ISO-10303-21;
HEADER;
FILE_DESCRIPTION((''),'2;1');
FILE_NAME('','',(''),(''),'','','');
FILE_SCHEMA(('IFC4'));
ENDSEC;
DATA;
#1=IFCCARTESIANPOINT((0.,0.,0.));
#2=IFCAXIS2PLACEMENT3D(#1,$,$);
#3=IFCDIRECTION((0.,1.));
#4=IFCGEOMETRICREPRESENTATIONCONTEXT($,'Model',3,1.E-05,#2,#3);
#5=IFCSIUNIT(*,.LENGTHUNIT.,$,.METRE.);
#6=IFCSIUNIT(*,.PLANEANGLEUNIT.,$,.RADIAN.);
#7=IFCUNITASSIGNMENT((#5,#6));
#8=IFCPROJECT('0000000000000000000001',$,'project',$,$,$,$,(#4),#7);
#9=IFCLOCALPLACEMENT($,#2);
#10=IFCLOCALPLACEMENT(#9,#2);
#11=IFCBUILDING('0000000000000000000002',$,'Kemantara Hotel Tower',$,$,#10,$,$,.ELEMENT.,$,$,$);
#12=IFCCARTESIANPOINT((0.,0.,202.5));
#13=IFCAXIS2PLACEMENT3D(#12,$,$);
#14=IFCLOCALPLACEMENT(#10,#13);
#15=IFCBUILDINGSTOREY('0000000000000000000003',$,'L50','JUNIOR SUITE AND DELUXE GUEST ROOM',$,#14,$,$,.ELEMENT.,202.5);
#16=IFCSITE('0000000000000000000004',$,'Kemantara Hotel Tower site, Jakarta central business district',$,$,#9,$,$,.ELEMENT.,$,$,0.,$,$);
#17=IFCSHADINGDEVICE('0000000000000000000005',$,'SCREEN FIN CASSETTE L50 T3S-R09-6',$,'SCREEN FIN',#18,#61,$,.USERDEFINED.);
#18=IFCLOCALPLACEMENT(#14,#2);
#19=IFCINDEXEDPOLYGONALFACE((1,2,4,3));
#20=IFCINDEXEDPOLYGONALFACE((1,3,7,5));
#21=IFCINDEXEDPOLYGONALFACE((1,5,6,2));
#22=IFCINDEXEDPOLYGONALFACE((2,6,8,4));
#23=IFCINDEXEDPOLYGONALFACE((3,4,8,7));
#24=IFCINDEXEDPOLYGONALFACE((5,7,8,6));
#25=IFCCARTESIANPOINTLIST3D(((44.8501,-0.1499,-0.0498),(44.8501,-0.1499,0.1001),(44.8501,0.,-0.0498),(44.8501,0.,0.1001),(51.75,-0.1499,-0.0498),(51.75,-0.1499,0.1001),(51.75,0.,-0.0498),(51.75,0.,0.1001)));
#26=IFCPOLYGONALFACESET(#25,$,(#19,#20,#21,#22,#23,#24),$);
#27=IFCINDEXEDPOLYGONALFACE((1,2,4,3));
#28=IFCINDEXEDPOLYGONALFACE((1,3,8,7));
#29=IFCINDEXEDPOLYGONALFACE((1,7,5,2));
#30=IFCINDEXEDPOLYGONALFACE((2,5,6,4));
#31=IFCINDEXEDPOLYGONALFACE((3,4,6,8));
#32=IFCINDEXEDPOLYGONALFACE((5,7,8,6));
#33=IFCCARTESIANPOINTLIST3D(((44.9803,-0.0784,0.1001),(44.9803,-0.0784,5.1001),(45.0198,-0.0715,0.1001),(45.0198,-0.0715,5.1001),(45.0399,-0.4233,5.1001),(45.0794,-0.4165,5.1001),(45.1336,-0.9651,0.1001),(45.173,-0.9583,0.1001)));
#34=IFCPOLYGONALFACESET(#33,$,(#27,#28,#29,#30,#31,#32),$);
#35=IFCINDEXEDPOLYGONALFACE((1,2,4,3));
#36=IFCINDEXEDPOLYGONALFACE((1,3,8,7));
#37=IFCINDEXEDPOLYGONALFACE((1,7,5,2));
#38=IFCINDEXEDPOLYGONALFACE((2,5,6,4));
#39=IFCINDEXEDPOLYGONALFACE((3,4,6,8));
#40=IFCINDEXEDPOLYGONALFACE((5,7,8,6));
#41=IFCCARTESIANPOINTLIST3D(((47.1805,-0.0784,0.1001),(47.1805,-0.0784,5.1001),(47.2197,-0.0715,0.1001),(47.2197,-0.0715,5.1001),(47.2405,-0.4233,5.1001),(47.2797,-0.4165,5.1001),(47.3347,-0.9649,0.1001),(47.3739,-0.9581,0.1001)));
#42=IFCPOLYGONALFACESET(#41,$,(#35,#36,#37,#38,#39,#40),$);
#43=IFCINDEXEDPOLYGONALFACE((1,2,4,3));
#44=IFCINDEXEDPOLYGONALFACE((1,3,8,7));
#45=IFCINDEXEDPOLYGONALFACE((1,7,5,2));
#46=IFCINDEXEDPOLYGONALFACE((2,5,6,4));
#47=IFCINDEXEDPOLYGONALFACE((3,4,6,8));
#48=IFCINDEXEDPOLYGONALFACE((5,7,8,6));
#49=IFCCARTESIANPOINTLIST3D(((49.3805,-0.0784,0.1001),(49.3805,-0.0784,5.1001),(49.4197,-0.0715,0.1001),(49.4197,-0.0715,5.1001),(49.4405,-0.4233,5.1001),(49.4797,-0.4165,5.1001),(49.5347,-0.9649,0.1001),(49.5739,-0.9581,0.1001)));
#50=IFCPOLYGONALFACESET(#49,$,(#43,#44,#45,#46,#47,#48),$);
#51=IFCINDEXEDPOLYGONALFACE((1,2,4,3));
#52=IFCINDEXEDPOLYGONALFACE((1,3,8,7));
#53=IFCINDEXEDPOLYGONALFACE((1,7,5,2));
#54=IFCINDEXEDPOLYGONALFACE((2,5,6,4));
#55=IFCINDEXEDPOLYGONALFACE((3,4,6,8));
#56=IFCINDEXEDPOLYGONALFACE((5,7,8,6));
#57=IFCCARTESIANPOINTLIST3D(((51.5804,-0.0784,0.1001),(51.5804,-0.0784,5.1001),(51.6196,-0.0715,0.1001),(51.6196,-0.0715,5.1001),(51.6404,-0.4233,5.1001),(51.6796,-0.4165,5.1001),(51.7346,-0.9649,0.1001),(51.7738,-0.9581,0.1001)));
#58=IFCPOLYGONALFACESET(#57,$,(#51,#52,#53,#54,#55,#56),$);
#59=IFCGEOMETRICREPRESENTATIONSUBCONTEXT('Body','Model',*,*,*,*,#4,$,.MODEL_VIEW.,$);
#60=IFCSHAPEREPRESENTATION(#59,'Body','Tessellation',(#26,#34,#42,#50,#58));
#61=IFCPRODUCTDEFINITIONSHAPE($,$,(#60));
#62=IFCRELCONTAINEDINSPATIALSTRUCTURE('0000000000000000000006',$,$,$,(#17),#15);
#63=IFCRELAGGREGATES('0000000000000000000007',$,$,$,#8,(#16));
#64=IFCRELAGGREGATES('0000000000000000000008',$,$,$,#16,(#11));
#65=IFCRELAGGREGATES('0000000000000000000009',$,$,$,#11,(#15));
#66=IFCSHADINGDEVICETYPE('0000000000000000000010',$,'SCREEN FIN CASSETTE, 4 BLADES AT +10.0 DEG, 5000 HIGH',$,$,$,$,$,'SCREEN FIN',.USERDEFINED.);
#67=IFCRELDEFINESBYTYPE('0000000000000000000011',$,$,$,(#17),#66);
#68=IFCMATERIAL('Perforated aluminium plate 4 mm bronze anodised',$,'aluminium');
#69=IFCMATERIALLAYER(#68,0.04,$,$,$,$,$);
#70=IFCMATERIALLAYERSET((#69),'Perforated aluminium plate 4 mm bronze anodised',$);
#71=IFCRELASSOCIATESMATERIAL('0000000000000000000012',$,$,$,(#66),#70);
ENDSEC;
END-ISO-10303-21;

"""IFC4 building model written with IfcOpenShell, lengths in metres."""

from ifc_helpers import new_model, si_unit, direction, frame, origin, origin_2d, place, context, subcontext, project, spatial, polyline, rectangle, outline, extrude, source, transform, mapped, material, layer, layer_set, type_object, element, save


model = new_model("IFC4")

# Units and contexts
model_context = context("Model", 3, precision=1e-05, world=origin(), true_north=direction((0.0, 1.0)))
body_context = subcontext(model_context, "Body", "Model", "MODEL_VIEW")
ifc_project = project(units=[si_unit("LENGTHUNIT", "METRE"), si_unit("PLANEANGLEUNIT", "RADIAN")], contexts=[model_context])

# Site, building, storey
site_placement = place(None, origin())
site = spatial("IfcSite", under=ifc_project, at=site_placement, Name="Kemantara Hotel Tower site, Jakarta central business district", CompositionType="ELEMENT", RefElevation=0.0)
building_placement = place(site_placement, origin())
building = spatial("IfcBuilding", under=site, at=building_placement, Name="Kemantara Hotel Tower", CompositionType="ELEMENT")
storey_placement = place(building_placement, frame((0.0, 0.0, 202.5)))
storey = spatial("IfcBuildingStorey", under=building, at=storey_placement, Name="L50", Description="JUNIOR SUITE AND DELUXE GUEST ROOM", CompositionType="ELEMENT", Elevation=202.5)

# Shading device
ifc_material_1 = material(Name="Perforated aluminium plate 4 mm bronze anodised", Category="aluminium")
ifc_layer_1 = layer(ifc_material_1, 0.04)
ifc_layer_set_1 = layer_set([ifc_layer_1], Name="Perforated aluminium plate 4 mm bronze anodised")
shading_device_type_1 = type_object("IfcShadingDeviceType", Name="SCREEN FIN CASSETTE, 4 BLADES AT +10.0 DEG, 5000 HIGH", ElementType="SCREEN FIN", PredefinedType="USERDEFINED", material=ifc_layer_set_1)
shared_shape_1 = source(origin(), body_context, "Body", "SweptSolid", [
    extrude(rectangle(XDim=6.8999, YDim=0.1499, at=origin_2d()), frame((3.3, -0.075, -0.1499), z_axis=(0.0, 0.0, 1.0), x_axis=(1.0, 0.0, 0.0)), (0.0, 0.0, 1.0), 0.1499),
    extrude(outline(polyline([(0.0, 0.0), (0.8999, 0.0), (0.3501, 5.0), (0.0, 5.0), (0.0, 0.0)])), frame((0.0198, -0.0715, 0.0), z_axis=(-0.98539, -0.170314, 0.0), x_axis=(0.170314, -0.98539, 0.0)), (0.0, 0.0, 1.0), 0.04),
    extrude(outline(polyline([(0.0, 0.0), (0.8999, 0.0), (0.3501, 5.0), (0.0, 5.0), (0.0, 0.0)])), frame((2.2197, -0.0715, 0.0), z_axis=(-0.985212, -0.171341, 0.0), x_axis=(0.171341, -0.985212, 0.0)), (0.0, 0.0, 1.0), 0.0398),
    extrude(outline(polyline([(0.0, 0.0), (0.8999, 0.0), (0.3501, 5.0), (0.0, 5.0), (0.0, 0.0)])), frame((4.4197, -0.0715, 0.0), z_axis=(-0.985212, -0.171341, 0.0), x_axis=(0.171341, -0.985212, 0.0)), (0.0, 0.0, 1.0), 0.0398),
    extrude(outline(polyline([(0.0, 0.0), (0.8999, 0.0), (0.3501, 5.0), (0.0, 5.0), (0.0, 0.0)])), frame((6.6196, -0.0715, 0.0), z_axis=(-0.985212, -0.171341, 0.0), x_axis=(0.171341, -0.985212, 0.0)), (0.0, 0.0, 1.0), 0.0398),
])
shading_device_1_placement = place(storey_placement, frame((45.0, 0.0, 0.1001), z_axis=(0.0, 0.0, 1.0), x_axis=(1.0, 0.0, 0.0)))
element("IfcShadingDevice", 1, at=shading_device_1_placement, inside=storey, type_object=shading_device_type_1, Name="SCREEN FIN CASSETTE L50 T3S-R09-6", ObjectType="SCREEN FIN", PredefinedType="USERDEFINED", context=body_context, shape_type="MappedRepresentation", body=[
    mapped(shared_shape_1, transform((0.0, 0.0, 0.0))),
])

save(model, "model.ifc")
